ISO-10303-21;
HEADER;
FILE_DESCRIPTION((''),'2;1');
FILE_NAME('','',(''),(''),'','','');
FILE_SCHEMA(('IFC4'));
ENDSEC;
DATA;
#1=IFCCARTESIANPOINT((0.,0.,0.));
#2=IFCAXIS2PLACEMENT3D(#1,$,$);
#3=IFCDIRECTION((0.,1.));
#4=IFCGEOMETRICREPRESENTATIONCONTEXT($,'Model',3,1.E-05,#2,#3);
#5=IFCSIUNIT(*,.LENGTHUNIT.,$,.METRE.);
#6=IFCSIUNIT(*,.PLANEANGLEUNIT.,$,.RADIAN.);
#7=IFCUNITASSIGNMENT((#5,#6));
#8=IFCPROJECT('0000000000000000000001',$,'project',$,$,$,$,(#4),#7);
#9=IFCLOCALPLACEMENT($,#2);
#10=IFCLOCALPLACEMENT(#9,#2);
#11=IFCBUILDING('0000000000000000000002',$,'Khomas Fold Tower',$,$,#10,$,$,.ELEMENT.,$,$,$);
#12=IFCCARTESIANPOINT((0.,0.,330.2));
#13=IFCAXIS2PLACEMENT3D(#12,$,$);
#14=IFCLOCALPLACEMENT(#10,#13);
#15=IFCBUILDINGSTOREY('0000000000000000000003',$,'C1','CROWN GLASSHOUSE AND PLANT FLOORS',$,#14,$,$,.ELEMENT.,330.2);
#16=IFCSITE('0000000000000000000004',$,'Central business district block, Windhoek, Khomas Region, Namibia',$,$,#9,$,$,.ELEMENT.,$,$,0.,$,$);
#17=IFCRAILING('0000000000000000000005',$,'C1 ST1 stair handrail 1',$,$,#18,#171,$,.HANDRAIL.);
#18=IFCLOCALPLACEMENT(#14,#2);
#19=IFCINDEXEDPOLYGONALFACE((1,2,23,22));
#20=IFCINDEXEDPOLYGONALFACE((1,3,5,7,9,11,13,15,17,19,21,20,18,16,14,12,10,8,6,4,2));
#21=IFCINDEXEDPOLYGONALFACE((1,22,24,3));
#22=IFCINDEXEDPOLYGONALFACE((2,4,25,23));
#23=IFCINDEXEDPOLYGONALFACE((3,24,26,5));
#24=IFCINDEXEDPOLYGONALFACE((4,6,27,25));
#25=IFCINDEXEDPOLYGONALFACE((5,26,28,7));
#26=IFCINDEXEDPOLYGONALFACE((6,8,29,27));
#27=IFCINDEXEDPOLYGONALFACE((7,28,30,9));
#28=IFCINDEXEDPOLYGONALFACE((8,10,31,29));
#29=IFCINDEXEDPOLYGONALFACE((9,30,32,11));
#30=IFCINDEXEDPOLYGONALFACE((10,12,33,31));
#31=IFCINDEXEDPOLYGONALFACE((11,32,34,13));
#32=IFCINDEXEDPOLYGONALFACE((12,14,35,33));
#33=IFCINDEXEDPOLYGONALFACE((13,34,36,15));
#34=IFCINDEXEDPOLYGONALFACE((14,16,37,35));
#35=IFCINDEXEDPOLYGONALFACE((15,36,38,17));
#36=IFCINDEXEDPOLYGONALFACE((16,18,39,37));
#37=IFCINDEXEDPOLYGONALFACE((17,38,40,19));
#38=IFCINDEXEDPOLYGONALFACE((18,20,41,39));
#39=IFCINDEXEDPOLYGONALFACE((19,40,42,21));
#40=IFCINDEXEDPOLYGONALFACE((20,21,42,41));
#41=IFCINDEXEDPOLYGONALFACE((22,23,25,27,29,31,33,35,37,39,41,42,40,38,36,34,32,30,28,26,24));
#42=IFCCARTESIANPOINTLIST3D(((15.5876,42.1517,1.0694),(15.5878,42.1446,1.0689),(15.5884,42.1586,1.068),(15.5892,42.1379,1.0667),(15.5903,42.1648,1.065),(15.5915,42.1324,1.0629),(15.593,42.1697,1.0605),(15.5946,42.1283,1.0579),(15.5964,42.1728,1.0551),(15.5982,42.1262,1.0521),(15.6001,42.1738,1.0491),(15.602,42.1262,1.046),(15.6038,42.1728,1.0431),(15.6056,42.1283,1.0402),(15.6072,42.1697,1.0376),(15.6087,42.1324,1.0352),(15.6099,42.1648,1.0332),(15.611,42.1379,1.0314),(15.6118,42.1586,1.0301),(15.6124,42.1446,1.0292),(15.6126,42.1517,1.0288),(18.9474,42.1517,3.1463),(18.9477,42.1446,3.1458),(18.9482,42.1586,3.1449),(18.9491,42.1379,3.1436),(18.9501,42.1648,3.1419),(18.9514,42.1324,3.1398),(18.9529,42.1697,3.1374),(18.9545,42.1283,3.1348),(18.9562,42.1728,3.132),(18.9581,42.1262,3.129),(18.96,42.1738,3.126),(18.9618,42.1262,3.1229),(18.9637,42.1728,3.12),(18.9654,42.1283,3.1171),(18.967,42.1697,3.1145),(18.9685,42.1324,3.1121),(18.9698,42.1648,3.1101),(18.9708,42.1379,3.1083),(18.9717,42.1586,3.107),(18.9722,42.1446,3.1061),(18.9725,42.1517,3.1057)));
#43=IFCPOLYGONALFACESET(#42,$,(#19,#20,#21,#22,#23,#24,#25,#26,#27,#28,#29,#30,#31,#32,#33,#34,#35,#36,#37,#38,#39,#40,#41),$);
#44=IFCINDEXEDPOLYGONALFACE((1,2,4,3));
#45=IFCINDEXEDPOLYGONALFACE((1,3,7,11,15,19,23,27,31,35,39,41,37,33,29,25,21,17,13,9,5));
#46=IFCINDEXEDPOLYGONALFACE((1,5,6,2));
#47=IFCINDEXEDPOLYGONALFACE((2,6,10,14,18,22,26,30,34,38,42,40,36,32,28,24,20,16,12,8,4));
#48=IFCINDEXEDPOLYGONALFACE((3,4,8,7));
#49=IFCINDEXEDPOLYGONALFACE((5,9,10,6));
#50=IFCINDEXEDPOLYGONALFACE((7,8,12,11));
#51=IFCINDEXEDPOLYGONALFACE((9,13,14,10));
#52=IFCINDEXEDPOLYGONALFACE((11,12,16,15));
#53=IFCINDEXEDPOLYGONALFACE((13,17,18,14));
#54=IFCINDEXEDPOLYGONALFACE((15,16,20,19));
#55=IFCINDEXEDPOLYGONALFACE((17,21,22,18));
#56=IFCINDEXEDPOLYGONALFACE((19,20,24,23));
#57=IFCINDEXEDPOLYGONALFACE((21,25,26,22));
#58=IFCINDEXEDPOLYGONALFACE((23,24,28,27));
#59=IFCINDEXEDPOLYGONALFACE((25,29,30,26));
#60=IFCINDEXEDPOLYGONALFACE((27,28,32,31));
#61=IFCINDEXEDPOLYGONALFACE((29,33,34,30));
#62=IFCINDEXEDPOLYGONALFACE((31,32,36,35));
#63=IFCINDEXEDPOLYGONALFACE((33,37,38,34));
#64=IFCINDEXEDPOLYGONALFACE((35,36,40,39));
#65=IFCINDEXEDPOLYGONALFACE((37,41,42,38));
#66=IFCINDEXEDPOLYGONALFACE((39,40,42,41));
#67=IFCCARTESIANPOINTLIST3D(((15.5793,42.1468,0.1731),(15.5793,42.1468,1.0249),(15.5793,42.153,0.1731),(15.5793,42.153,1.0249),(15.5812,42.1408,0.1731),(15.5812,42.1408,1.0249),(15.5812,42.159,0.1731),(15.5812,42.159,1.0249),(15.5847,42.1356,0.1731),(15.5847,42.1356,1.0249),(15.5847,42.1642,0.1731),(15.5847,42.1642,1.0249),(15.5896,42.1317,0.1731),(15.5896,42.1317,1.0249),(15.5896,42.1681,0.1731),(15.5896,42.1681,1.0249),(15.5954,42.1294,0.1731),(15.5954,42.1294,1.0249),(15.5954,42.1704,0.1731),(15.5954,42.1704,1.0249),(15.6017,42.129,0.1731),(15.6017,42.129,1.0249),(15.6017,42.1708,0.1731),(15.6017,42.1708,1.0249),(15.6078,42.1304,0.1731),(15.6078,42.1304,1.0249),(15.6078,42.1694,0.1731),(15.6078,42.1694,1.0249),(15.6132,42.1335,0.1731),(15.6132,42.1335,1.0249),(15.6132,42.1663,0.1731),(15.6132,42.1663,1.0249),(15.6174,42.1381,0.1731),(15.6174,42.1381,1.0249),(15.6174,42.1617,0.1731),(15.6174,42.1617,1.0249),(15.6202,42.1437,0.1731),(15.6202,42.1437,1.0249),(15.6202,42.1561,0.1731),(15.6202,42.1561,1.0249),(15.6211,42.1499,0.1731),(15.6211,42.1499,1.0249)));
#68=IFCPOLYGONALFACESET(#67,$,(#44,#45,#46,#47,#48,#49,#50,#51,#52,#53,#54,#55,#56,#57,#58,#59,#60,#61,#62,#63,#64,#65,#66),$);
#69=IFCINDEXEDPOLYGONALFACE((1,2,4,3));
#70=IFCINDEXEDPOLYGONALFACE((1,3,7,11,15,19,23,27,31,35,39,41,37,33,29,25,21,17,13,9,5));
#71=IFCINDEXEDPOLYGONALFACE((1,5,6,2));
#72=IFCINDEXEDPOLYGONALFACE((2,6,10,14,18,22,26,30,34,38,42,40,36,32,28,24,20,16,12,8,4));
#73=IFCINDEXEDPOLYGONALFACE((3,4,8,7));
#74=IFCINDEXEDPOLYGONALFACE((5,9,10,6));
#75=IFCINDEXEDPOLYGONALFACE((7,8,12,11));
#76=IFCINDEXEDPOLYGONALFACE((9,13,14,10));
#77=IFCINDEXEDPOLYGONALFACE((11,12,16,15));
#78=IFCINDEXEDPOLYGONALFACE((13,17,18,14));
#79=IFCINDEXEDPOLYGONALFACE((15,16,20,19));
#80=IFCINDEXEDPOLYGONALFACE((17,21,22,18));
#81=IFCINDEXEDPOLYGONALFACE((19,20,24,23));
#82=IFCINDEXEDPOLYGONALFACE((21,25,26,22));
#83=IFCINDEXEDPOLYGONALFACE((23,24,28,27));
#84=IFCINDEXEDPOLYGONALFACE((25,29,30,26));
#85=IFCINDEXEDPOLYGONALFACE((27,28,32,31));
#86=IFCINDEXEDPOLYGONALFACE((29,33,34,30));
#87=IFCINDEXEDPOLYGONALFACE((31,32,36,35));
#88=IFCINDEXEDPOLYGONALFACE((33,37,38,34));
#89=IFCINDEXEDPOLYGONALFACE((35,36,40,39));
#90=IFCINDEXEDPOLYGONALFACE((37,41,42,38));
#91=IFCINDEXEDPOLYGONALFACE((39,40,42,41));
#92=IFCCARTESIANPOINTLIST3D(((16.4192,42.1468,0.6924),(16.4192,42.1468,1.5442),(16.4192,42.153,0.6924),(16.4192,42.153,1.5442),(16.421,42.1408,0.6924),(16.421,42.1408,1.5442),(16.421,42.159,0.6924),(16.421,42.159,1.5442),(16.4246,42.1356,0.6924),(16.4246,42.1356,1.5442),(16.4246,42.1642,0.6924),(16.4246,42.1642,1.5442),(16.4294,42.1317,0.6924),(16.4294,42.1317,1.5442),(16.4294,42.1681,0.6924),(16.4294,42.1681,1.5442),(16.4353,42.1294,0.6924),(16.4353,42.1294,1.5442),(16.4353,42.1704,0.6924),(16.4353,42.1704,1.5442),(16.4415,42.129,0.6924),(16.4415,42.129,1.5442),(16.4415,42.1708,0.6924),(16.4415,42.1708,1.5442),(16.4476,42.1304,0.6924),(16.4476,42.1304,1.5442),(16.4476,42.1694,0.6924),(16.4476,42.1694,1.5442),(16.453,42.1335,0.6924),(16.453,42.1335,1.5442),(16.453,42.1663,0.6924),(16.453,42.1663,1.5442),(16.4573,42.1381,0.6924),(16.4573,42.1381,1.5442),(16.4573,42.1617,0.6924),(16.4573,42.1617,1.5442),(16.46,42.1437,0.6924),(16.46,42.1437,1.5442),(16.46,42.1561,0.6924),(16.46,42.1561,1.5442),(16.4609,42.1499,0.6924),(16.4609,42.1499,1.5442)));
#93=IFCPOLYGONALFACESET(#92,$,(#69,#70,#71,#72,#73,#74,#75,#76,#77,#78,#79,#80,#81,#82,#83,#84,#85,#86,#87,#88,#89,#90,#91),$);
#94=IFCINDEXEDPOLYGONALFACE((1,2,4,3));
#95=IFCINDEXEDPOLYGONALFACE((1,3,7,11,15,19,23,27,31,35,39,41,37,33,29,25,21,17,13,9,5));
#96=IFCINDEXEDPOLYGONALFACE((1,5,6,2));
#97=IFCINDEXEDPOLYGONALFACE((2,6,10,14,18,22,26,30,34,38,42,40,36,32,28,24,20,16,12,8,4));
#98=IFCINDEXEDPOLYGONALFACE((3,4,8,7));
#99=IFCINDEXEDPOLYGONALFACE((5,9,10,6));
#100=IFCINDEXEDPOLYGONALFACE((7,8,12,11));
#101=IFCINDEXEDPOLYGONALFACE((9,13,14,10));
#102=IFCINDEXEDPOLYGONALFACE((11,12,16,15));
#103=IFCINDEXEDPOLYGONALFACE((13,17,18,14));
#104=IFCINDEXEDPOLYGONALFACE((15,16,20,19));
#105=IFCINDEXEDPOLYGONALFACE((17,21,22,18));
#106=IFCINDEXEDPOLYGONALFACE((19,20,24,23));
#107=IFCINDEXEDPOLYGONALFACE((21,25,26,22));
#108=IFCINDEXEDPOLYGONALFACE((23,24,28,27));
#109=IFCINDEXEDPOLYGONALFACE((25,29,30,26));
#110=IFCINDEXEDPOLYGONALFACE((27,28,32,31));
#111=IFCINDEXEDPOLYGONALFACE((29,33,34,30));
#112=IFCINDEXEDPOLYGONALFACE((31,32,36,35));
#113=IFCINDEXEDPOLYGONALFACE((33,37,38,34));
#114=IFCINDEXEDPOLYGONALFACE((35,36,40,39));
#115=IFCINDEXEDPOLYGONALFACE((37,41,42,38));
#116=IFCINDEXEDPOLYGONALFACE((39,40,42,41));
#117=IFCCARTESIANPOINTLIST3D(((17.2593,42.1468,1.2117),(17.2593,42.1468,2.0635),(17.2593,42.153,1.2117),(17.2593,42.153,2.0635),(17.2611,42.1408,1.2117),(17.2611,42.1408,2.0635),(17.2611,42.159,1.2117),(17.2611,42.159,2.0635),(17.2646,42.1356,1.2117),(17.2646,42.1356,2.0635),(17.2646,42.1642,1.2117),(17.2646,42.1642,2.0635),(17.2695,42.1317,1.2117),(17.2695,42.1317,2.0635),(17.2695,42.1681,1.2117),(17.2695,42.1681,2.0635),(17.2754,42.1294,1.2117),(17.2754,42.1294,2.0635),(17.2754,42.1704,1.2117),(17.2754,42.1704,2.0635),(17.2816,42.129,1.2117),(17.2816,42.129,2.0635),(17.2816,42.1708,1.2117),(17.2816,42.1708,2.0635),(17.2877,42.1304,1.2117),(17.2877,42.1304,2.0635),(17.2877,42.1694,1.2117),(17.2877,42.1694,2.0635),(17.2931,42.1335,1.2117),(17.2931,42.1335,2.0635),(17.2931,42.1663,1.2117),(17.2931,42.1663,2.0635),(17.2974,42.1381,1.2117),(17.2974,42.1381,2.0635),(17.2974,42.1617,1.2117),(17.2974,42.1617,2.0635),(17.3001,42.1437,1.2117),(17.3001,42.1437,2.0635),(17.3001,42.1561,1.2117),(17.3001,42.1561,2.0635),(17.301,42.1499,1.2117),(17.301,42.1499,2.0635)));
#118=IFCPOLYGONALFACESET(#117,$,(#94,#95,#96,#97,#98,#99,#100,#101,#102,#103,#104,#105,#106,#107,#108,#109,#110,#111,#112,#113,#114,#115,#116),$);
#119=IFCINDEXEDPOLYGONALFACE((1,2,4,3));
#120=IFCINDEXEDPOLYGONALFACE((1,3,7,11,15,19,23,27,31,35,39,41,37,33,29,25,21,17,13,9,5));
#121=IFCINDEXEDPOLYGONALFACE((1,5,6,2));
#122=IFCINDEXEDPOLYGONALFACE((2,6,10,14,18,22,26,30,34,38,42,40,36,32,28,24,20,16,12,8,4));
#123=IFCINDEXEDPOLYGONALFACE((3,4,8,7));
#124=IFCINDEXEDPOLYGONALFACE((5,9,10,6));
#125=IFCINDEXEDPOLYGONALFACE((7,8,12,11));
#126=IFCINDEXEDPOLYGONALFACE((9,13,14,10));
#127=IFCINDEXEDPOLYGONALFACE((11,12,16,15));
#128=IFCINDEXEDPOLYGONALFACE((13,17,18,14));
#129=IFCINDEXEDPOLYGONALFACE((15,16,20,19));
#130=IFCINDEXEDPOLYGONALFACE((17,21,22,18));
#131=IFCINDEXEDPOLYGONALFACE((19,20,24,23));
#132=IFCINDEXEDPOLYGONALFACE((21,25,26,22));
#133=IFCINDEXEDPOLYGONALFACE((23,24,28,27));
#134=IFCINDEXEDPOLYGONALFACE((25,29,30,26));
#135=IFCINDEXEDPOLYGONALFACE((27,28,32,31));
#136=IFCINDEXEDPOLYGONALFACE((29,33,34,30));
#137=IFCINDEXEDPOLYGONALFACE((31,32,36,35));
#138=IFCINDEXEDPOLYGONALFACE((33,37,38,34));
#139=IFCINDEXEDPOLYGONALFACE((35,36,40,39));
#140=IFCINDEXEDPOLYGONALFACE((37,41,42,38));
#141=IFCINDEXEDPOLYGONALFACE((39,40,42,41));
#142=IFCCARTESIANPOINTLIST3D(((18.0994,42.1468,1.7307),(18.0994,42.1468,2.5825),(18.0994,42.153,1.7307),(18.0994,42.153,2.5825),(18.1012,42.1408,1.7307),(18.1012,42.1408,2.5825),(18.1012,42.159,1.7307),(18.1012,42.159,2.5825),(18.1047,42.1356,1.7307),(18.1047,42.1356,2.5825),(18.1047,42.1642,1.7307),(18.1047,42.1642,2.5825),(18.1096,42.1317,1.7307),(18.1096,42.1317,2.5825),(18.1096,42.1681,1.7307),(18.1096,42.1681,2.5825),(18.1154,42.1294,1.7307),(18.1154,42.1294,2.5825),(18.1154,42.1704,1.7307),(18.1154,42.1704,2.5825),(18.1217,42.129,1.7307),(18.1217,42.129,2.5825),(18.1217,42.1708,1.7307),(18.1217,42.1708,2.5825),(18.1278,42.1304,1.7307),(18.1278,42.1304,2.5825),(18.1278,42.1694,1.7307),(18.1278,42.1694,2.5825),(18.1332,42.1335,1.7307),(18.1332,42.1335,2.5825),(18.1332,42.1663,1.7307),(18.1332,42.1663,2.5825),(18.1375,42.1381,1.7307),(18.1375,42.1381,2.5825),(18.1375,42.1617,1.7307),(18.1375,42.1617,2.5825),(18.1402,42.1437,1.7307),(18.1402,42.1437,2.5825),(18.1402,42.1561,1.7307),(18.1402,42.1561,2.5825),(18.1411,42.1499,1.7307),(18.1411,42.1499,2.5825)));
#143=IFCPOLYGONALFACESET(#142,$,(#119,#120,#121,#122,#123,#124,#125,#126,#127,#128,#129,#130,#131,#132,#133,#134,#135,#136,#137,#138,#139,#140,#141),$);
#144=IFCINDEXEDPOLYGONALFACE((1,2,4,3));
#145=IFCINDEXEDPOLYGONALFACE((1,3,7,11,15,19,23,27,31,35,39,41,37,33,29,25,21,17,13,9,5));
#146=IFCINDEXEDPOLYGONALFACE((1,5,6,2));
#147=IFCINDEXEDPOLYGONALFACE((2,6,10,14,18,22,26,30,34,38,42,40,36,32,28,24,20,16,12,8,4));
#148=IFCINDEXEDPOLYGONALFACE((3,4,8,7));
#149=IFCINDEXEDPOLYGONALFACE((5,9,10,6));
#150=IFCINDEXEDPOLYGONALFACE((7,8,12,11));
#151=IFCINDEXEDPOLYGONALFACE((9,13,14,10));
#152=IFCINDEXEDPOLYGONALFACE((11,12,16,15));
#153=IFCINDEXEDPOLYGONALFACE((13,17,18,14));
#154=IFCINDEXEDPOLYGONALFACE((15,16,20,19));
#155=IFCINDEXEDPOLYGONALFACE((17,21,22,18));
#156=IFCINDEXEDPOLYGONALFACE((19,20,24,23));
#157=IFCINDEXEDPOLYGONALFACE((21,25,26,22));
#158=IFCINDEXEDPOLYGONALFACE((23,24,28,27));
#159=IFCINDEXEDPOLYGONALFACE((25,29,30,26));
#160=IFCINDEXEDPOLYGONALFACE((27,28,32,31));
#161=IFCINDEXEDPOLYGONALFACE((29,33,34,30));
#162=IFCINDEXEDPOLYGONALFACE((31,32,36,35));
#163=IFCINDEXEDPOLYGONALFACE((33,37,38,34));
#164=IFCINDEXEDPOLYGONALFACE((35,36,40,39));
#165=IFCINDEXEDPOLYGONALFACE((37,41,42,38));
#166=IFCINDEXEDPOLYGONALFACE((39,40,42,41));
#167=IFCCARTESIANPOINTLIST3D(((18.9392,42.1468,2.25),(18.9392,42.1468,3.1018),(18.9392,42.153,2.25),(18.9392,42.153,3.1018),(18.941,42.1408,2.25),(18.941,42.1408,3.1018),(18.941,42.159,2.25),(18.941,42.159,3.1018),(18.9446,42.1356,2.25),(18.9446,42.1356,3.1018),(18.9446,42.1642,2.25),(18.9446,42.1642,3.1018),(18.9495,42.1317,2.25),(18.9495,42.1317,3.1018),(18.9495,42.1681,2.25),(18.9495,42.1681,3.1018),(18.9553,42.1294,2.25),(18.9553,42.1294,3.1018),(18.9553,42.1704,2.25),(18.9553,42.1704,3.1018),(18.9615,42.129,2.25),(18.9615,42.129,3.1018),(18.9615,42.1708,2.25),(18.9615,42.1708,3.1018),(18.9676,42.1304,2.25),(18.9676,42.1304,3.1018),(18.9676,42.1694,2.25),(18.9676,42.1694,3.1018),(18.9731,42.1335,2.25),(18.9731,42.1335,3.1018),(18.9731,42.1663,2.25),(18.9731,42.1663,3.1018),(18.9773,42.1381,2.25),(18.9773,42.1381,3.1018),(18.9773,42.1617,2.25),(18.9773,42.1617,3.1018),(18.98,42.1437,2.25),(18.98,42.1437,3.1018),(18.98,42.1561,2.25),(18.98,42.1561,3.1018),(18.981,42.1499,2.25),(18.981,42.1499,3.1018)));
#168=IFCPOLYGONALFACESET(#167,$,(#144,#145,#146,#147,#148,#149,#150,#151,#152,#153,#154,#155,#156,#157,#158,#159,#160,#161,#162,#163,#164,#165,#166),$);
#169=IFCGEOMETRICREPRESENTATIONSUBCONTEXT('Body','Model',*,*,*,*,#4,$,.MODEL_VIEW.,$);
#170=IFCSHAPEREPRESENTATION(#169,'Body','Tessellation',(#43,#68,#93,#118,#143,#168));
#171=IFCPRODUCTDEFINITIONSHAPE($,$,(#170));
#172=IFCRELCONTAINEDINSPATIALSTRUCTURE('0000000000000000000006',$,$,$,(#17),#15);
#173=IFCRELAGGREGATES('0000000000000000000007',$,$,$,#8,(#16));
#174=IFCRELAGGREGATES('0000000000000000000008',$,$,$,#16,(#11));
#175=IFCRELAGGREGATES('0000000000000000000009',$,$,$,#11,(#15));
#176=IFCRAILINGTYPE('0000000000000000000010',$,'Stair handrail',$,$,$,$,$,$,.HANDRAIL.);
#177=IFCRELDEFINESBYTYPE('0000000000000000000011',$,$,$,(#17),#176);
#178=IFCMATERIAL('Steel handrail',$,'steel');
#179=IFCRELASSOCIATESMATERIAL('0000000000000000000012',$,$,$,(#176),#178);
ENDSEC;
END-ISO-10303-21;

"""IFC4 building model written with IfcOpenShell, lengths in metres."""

from ifc_helpers import new_model, si_unit, direction, frame, origin, origin_2d, place, context, subcontext, project, spatial, circle, extrude, source, transform, mapped, material, type_object, element, save


model = new_model("IFC4")

# Units and contexts
model_context = context("Model", 3, precision=1e-05, world=origin(), true_north=direction((0.0, 1.0)))
body_context = subcontext(model_context, "Body", "Model", "MODEL_VIEW")
ifc_project = project(units=[si_unit("LENGTHUNIT", "METRE"), si_unit("PLANEANGLEUNIT", "RADIAN")], contexts=[model_context])

# Site, building, storey
site_placement = place(None, origin())
site = spatial("IfcSite", under=ifc_project, at=site_placement, Name="Central business district block, Windhoek, Khomas Region, Namibia", CompositionType="ELEMENT", RefElevation=0.0)
building_placement = place(site_placement, origin())
building = spatial("IfcBuilding", under=site, at=building_placement, Name="Khomas Fold Tower", CompositionType="ELEMENT")
storey_placement = place(building_placement, frame((0.0, 0.0, 330.2)))
storey = spatial("IfcBuildingStorey", under=building, at=storey_placement, Name="C1", Description="CROWN GLASSHOUSE AND PLANT FLOORS", CompositionType="ELEMENT", Elevation=330.2)

# Railing
ifc_material_1 = material(Name="Steel handrail", Category="steel")
railing_type_1 = type_object("IfcRailingType", Name="Stair handrail", PredefinedType="HANDRAIL", material=ifc_material_1)
shared_shape_1 = source(origin(), body_context, "Body", "SweptSolid", [
    extrude(circle(Radius=0.0239, at=origin_2d()), frame((0.0, 0.0, 0.876), z_axis=(0.850606, 0.0, 0.525803), x_axis=(0.0, 1.0, 0.0)), (0.0, 0.0, 1.0), 3.95),
    extrude(circle(Radius=0.021, at=origin_2d()), origin(), (0.0, 0.0, 1.0), 0.8518),
    extrude(circle(Radius=0.021, at=origin_2d()), frame((0.8398, 0.0, 0.5193)), (0.0, 0.0, 1.0), 0.8518),
    extrude(circle(Radius=0.021, at=origin_2d()), frame((1.6799, 0.0, 1.0386)), (0.0, 0.0, 1.0), 0.8518),
    extrude(circle(Radius=0.021, at=origin_2d()), frame((2.52, 0.0, 1.5576)), (0.0, 0.0, 1.0), 0.8518),
    extrude(circle(Radius=0.021, at=origin_2d()), frame((3.3599, 0.0, 2.0769)), (0.0, 0.0, 1.0), 0.8518),
])
railing_1_placement = place(storey_placement, frame((15.6001, 42.1499, 0.1731)))
element("IfcRailing", 1, at=railing_1_placement, inside=storey, type_object=railing_type_1, Name="C1 ST1 stair handrail 1", PredefinedType="HANDRAIL", context=body_context, shape_type="MappedRepresentation", body=[
    mapped(shared_shape_1, transform((0.0, 0.0, 0.0))),
])

save(model, "model.ifc")
